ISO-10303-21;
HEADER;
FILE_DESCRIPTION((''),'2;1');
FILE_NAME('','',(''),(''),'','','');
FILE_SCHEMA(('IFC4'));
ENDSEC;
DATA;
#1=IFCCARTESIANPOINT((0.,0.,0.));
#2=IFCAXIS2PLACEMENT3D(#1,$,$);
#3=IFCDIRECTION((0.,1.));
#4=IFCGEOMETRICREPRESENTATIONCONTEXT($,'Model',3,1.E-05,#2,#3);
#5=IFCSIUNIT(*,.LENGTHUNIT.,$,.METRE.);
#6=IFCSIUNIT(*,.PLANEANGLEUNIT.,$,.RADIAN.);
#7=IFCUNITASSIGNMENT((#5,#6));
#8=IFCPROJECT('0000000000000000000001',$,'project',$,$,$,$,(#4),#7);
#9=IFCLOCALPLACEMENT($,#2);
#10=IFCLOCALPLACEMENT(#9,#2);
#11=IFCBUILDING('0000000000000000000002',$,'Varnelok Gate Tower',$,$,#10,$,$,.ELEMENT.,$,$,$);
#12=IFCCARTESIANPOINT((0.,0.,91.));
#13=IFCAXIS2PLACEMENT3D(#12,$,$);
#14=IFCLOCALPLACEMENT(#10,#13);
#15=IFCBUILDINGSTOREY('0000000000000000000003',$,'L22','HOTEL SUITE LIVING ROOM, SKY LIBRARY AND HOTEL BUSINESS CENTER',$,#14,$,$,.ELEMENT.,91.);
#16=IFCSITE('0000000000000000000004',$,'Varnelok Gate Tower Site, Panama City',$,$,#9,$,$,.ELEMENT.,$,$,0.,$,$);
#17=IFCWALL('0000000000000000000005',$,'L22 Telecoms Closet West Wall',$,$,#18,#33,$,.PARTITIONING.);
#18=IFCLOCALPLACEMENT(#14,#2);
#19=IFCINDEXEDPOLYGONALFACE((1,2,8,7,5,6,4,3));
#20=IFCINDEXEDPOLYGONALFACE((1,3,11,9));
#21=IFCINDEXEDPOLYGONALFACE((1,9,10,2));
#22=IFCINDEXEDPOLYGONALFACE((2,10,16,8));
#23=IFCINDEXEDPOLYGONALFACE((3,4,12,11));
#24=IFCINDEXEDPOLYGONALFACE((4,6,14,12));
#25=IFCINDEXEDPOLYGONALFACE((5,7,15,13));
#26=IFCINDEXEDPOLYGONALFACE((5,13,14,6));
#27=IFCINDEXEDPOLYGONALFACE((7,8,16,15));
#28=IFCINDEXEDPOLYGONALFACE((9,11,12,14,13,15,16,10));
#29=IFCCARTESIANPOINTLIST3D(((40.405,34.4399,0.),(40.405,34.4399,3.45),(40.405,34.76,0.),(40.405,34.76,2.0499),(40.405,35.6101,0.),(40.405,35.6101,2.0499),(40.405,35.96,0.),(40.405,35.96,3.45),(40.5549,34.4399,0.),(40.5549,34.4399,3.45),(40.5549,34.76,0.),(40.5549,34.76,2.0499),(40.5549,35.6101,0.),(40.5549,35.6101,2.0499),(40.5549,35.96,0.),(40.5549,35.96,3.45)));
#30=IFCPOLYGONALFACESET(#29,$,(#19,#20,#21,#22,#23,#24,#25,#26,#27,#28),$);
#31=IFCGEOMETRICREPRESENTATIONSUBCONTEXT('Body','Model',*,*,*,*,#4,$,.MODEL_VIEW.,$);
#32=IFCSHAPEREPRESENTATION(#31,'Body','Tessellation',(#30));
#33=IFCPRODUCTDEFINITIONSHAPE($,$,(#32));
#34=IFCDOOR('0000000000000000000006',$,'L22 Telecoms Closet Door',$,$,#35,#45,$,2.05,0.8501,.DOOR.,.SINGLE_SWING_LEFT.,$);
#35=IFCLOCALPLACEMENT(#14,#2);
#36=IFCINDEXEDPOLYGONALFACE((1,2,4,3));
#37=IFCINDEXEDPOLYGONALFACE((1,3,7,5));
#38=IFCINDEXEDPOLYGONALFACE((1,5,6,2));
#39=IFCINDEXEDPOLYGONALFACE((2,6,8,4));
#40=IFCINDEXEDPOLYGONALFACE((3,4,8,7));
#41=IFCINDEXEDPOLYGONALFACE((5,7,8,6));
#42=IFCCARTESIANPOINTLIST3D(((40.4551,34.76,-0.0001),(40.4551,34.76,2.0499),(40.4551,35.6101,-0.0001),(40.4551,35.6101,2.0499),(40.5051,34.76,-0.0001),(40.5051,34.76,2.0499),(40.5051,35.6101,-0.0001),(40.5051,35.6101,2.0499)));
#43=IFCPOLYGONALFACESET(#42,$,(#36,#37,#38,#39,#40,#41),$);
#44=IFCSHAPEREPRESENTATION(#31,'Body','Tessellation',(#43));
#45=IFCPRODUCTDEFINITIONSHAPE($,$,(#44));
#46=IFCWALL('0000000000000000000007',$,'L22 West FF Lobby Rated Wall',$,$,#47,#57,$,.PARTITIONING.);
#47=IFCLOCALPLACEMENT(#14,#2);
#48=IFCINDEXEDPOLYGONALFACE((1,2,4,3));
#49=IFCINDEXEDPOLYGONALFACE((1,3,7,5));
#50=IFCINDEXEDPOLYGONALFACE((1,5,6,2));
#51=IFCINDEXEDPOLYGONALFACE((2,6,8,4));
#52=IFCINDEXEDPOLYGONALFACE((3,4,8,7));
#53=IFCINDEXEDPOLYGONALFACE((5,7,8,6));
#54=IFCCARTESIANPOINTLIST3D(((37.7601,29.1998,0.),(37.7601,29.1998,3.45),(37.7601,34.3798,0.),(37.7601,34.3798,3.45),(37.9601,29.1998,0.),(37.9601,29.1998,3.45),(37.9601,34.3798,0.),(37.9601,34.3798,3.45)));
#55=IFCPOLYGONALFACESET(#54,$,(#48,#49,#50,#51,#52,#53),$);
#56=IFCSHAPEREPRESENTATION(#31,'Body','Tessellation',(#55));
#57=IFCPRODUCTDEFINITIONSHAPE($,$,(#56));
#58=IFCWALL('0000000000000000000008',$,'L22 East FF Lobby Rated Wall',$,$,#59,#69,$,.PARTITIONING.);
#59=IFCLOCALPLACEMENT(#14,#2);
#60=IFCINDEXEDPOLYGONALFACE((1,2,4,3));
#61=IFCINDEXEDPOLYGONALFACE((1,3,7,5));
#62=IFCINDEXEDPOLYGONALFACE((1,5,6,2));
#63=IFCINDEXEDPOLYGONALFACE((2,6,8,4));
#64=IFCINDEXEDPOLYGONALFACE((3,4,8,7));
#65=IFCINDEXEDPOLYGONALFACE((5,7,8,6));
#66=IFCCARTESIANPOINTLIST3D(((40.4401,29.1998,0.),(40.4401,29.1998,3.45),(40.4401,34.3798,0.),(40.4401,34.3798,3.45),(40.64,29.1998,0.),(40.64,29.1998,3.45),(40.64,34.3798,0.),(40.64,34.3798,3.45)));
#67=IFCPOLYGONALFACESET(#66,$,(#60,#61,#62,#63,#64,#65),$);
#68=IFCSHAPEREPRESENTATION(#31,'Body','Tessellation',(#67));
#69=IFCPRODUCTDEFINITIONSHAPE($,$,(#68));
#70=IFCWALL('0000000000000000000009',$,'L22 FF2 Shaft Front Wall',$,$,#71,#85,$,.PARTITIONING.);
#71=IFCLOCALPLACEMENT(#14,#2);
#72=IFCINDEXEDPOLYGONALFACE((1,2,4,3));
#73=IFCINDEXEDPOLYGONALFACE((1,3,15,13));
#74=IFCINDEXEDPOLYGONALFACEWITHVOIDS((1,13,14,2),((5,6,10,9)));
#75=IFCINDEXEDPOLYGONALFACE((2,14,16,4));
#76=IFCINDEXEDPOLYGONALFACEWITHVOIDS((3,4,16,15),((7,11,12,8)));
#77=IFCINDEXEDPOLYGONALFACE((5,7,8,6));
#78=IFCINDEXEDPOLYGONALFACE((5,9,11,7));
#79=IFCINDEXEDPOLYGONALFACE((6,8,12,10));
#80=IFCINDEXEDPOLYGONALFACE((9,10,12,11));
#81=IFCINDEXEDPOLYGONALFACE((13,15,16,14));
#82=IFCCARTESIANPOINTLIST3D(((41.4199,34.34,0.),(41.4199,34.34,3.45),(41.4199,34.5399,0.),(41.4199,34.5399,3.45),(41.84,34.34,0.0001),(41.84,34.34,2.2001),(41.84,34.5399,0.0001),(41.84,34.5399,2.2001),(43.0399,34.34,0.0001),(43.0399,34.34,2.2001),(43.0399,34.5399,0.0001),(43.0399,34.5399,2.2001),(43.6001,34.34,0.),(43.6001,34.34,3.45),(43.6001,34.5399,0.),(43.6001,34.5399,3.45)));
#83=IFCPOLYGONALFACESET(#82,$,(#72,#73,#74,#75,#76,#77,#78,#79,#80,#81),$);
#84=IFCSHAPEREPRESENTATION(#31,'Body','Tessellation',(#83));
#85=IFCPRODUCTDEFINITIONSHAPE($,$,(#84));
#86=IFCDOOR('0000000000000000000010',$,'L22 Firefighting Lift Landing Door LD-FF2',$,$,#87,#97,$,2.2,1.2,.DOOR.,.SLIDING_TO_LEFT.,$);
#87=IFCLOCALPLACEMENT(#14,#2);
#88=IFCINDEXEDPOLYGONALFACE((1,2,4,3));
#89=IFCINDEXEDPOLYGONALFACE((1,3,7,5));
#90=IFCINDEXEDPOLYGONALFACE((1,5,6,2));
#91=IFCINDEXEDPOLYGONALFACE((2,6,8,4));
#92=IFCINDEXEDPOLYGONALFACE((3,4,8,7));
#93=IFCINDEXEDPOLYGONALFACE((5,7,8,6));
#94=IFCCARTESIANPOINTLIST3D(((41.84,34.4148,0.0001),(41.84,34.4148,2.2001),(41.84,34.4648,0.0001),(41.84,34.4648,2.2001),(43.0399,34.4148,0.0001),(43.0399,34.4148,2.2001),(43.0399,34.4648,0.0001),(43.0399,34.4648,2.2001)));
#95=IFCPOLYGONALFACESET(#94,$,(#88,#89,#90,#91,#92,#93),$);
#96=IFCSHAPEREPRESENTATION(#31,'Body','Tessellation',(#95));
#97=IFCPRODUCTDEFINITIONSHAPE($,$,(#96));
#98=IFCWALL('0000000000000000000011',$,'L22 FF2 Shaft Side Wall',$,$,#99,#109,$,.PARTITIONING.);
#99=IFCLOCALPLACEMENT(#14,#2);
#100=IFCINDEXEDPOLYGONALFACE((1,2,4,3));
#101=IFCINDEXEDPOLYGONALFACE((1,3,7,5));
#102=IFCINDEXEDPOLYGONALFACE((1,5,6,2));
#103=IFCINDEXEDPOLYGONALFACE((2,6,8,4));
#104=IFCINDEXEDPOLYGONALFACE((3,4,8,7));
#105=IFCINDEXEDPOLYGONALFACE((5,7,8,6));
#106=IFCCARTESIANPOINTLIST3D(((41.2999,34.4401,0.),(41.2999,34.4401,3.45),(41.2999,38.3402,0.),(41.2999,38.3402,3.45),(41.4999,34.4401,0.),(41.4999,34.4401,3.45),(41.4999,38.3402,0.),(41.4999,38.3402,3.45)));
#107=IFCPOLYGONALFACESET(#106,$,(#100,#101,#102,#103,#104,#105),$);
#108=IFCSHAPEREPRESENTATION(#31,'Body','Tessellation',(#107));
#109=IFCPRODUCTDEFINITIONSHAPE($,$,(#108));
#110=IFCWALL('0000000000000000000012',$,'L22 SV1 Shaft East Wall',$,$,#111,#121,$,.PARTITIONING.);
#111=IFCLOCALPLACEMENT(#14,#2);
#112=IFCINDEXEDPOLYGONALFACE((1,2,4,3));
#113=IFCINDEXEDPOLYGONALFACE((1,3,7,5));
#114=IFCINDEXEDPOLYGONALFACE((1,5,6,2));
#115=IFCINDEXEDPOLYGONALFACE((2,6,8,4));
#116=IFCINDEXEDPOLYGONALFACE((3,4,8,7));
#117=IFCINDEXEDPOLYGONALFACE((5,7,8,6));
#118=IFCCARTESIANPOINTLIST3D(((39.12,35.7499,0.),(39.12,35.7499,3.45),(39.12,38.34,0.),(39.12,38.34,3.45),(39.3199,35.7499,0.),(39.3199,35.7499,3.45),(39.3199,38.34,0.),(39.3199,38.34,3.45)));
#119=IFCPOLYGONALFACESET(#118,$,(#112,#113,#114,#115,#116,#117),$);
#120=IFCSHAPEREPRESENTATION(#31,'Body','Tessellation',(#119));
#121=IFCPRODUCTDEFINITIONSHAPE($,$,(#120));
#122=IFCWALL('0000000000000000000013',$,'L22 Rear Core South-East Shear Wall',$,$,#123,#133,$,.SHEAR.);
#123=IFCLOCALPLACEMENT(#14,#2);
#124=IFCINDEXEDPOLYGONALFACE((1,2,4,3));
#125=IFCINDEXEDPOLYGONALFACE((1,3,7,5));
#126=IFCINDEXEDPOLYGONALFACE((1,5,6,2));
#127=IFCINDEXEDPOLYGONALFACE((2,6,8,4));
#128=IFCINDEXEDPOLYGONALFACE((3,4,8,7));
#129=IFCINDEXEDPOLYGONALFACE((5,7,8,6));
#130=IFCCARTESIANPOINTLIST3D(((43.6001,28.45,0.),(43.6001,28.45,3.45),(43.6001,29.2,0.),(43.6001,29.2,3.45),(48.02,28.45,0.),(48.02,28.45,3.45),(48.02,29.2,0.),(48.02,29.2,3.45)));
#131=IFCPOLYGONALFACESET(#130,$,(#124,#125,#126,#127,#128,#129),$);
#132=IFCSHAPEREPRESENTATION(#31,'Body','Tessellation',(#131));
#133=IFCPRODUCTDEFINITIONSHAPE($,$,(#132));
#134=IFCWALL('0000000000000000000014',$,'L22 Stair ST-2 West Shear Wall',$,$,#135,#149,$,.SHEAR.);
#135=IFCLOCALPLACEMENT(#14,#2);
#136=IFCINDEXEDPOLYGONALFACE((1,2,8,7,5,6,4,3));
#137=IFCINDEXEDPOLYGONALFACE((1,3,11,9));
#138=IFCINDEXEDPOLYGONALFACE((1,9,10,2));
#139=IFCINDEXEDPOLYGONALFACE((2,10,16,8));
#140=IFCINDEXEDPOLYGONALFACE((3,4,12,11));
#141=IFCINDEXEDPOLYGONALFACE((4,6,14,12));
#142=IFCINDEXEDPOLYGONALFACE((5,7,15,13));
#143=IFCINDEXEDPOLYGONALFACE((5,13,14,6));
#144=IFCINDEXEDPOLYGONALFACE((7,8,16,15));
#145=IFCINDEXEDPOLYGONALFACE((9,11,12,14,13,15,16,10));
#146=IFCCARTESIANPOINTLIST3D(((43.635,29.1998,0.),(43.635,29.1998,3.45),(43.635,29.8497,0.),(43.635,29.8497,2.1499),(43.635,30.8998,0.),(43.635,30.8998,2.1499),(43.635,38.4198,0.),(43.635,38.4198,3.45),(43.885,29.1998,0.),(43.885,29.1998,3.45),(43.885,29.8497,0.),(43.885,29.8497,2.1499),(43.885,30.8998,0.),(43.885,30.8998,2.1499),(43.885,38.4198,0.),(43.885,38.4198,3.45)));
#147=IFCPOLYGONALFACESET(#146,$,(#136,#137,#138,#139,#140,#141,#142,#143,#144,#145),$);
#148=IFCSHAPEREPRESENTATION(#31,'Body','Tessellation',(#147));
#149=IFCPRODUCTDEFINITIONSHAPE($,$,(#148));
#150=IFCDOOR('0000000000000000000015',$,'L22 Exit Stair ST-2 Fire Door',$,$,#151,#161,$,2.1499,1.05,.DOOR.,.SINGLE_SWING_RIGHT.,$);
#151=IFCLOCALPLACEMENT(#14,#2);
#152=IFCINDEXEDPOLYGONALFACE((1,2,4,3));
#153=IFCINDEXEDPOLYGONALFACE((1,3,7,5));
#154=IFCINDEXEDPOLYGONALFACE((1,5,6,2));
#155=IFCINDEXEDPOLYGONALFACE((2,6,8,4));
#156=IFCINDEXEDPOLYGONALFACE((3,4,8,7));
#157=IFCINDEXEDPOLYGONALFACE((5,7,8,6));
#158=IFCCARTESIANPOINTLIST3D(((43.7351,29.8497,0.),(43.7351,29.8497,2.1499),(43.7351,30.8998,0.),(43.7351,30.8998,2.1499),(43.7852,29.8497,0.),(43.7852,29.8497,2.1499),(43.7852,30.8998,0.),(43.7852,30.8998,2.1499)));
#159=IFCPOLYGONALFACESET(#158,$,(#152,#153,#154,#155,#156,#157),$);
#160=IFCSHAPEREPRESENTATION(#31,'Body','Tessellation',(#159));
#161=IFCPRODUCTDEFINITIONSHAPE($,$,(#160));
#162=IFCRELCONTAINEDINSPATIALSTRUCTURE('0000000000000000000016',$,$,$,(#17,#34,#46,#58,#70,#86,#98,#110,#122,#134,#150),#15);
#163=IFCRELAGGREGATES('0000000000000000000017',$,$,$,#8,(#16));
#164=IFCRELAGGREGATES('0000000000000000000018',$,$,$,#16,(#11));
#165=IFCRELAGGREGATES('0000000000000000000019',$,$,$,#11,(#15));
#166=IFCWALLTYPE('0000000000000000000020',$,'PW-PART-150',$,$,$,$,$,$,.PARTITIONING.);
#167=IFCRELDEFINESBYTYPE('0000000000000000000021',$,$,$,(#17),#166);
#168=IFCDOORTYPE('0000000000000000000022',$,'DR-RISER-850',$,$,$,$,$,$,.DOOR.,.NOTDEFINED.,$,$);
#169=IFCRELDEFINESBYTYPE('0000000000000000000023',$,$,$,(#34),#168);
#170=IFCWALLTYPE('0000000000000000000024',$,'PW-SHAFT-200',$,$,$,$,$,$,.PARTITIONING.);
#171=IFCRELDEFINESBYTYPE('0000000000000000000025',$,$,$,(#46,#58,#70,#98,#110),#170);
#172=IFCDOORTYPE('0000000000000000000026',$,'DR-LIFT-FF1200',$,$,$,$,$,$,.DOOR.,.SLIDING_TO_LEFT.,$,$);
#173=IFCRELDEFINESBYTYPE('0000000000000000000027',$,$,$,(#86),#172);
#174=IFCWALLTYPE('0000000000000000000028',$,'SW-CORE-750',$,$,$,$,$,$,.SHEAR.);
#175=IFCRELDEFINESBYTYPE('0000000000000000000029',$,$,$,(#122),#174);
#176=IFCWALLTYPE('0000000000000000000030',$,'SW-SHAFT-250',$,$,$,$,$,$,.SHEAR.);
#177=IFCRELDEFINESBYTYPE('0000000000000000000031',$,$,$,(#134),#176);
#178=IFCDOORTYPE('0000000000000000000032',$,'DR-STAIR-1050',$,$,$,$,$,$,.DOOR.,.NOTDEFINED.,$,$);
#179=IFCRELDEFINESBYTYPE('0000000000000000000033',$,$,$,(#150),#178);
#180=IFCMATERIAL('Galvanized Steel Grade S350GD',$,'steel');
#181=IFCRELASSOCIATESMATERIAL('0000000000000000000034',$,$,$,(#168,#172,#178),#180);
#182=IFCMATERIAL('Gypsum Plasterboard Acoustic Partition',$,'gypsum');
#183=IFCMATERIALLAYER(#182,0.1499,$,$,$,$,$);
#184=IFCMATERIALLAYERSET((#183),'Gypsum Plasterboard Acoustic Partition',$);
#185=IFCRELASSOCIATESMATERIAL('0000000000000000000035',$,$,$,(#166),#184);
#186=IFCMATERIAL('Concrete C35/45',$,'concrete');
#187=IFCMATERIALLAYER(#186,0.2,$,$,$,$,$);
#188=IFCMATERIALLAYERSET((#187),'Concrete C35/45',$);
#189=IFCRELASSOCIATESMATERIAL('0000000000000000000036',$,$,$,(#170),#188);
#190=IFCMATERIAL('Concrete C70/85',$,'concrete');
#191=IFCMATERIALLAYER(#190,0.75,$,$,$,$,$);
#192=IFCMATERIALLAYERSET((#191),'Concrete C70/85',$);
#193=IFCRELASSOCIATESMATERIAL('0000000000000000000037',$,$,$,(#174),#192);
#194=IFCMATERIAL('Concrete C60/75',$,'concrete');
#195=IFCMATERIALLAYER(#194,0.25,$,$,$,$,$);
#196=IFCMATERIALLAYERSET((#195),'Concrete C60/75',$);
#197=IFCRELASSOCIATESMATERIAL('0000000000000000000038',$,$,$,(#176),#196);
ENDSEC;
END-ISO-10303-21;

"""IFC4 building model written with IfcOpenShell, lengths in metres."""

from ifc_helpers import new_model, si_unit, direction, frame, frame_2d, origin, place, context, subcontext, project, spatial, rectangle, extrude, material, layer, layer_set, type_object, element, fill, save


model = new_model("IFC4")

# Units and contexts
model_context = context("Model", 3, precision=1e-05, world=origin(), true_north=direction((0.0, 1.0)))
body_context = subcontext(model_context, "Body", "Model", "MODEL_VIEW")
ifc_project = project(units=[si_unit("LENGTHUNIT", "METRE"), si_unit("PLANEANGLEUNIT", "RADIAN")], contexts=[model_context])

# Site, building, storey
site_placement = place(None, origin())
site = spatial("IfcSite", under=ifc_project, at=site_placement, Name="Varnelok Gate Tower Site, Panama City", CompositionType="ELEMENT", RefElevation=0.0)
building_placement = place(site_placement, origin())
building = spatial("IfcBuilding", under=site, at=building_placement, Name="Varnelok Gate Tower", CompositionType="ELEMENT")
storey_placement = place(building_placement, frame((0.0, 0.0, 91.0)))
storey = spatial("IfcBuildingStorey", under=building, at=storey_placement, Name="L22", Description="HOTEL SUITE LIVING ROOM, SKY LIBRARY AND HOTEL BUSINESS CENTER", CompositionType="ELEMENT", Elevation=91.0)

# Shared definitions
ifc_material_1 = material(Name="Concrete C70/85", Category="concrete")

# Shared definitions
ifc_material_2 = material(Name="Gypsum Plasterboard Acoustic Partition", Category="gypsum")

# Shared definitions
ifc_material_3 = material(Name="Galvanized Steel Grade S350GD", Category="steel")
door_type_1 = type_object("IfcDoorType", Name="DR-RISER-850", OperationType="NOTDEFINED", PredefinedType="DOOR", material=ifc_material_3)

# Wall, opening, door
ifc_layer_1 = layer(ifc_material_2, 0.1499)
ifc_layer_set_1 = layer_set([ifc_layer_1], Name="Gypsum Plasterboard Acoustic Partition")
wall_type_1 = type_object("IfcWallType", Name="PW-PART-150", PredefinedType="PARTITIONING", material=ifc_layer_set_1)
wall_1_placement = place(storey_placement, frame((40.48, 34.4399, 0.0), z_axis=(0.0, 0.0, 1.0), x_axis=(0.0, 1.0, 0.0)))
wall_1 = element("IfcWall", 1, at=wall_1_placement, inside=storey, type_object=wall_type_1, Name="L22 Telecoms Closet West Wall", PredefinedType="PARTITIONING", context=body_context, shape_type="SweptSolid", body=[
    extrude(rectangle(XDim=1.52, YDim=0.1499, at=frame_2d((0.76, 0.0))), origin(), (0.0, 0.0, 1.0), 3.45),
])
opening_1_placement = place(wall_1_placement, frame((0.3201, 0.0, 0.0)))
opening_1 = element("IfcOpeningElement", 2, at=opening_1_placement, cuts=wall_1, PredefinedType="OPENING", context=body_context, shape_type="SweptSolid", body=[
    extrude(rectangle(XDim=0.8501, YDim=2.05, at=frame_2d((0.425, 1.0249))), frame((0.0, 0.085, 0.0), z_axis=(0.0, -1.0, 0.0), x_axis=(1.0, 0.0, 0.0)), (0.0, 0.0, 1.0), 0.1699),
])
door_1_placement = place(opening_1_placement, origin())
door_1 = element("IfcDoor", 3, at=door_1_placement, inside=storey, type_object=door_type_1, Name="L22 Telecoms Closet Door", OperationType="SINGLE_SWING_LEFT", OverallHeight=2.05, OverallWidth=0.8501, PredefinedType="DOOR", context=body_context, shape_type="SweptSolid", body=[
    extrude(rectangle(XDim=0.8501, YDim=2.05, at=frame_2d((0.425, 1.0249))), frame((0.0, 0.0249, 0.0), z_axis=(0.0, -1.0, 0.0), x_axis=(1.0, 0.0, 0.0)), (0.0, 0.0, 1.0), 0.05),
])
fill(opening_1, door_1)

# Walls
ifc_material_4 = material(Name="Concrete C35/45", Category="concrete")
ifc_layer_2 = layer(ifc_material_4, 0.2)
ifc_layer_set_2 = layer_set([ifc_layer_2], Name="Concrete C35/45")
wall_type_2 = type_object("IfcWallType", Name="PW-SHAFT-200", PredefinedType="PARTITIONING", material=ifc_layer_set_2)
for number, where, z_axis, x_axis, name in (
    (4, (37.8601, 29.2, 0.0), (0.0, 0.0, 1.0), (0.0, 1.0, 0.0), "L22 West FF Lobby Rated Wall"),
    (5, (40.54, 29.2, 0.0), (0.0, 0.0, 1.0), (0.0, 1.0, 0.0), "L22 East FF Lobby Rated Wall"),
):
    element("IfcWall", number, at=place(storey_placement, frame(where, z_axis=z_axis, x_axis=x_axis)), inside=storey, type_object=wall_type_2, Name=name, PredefinedType="PARTITIONING", context=body_context, shape_type="SweptSolid", body=[
        extrude(rectangle(XDim=5.1799, YDim=0.2, at=frame_2d((2.5898, 0.0))), origin(), (0.0, 0.0, 1.0), 3.45),
    ])

# Wall, opening, door
wall_2_placement = place(storey_placement, frame((41.4199, 34.4399, 0.0), z_axis=(0.0, 0.0, 1.0), x_axis=(1.0, 0.0, 0.0)))
wall_2 = element("IfcWall", 6, at=wall_2_placement, inside=storey, type_object=wall_type_2, Name="L22 FF2 Shaft Front Wall", PredefinedType="PARTITIONING", context=body_context, shape_type="SweptSolid", body=[
    extrude(rectangle(XDim=2.1802, YDim=0.2, at=frame_2d((1.0901, 0.0))), origin(), (0.0, 0.0, 1.0), 3.45),
])
opening_2_placement = place(wall_2_placement, frame((0.4199, 0.0, 0.0)))
opening_2 = element("IfcOpeningElement", 7, at=opening_2_placement, cuts=wall_2, PredefinedType="OPENING", context=body_context, shape_type="SweptSolid", body=[
    extrude(rectangle(XDim=1.2, YDim=2.2, at=frame_2d((0.6001, 1.1001))), frame((0.0, 0.1099, 0.0), z_axis=(0.0, -1.0, 0.0), x_axis=(1.0, 0.0, 0.0)), (0.0, 0.0, 1.0), 0.22),
])
door_type_2 = type_object("IfcDoorType", Name="DR-LIFT-FF1200", OperationType="SLIDING_TO_LEFT", PredefinedType="DOOR", material=ifc_material_3)
door_2_placement = place(opening_2_placement, origin())
door_2 = element("IfcDoor", 8, at=door_2_placement, inside=storey, type_object=door_type_2, Name="L22 Firefighting Lift Landing Door LD-FF2", OperationType="SLIDING_TO_LEFT", OverallHeight=2.2, OverallWidth=1.2, PredefinedType="DOOR", context=body_context, shape_type="SweptSolid", body=[
    extrude(rectangle(XDim=1.2, YDim=2.2, at=frame_2d((0.6001, 1.1001))), frame((0.0, 0.0249, 0.0), z_axis=(0.0, -1.0, 0.0), x_axis=(1.0, 0.0, 0.0)), (0.0, 0.0, 1.0), 0.05),
])
fill(opening_2, door_2)

# Walls
wall_3_placement = place(storey_placement, frame((41.3999, 34.4399, 0.0), z_axis=(0.0, 0.0, 1.0), x_axis=(0.0, 1.0, 0.0)))
element("IfcWall", 9, at=wall_3_placement, inside=storey, type_object=wall_type_2, Name="L22 FF2 Shaft Side Wall", PredefinedType="PARTITIONING", context=body_context, shape_type="SweptSolid", body=[
    extrude(rectangle(XDim=3.9001, YDim=0.2, at=frame_2d((1.9502, 0.0))), origin(), (0.0, 0.0, 1.0), 3.45),
])
wall_4_placement = place(storey_placement, frame((39.22, 35.75, 0.0), z_axis=(0.0, 0.0, 1.0), x_axis=(0.0, 1.0, 0.0)))
element("IfcWall", 10, at=wall_4_placement, inside=storey, type_object=wall_type_2, Name="L22 SV1 Shaft East Wall", PredefinedType="PARTITIONING", context=body_context, shape_type="SweptSolid", body=[
    extrude(rectangle(XDim=2.5901, YDim=0.2, at=frame_2d((1.2949, 0.0))), origin(), (0.0, 0.0, 1.0), 3.45),
])
ifc_layer_3 = layer(ifc_material_1, 0.75)
ifc_layer_set_3 = layer_set([ifc_layer_3], Name="Concrete C70/85")
wall_type_3 = type_object("IfcWallType", Name="SW-CORE-750", PredefinedType="SHEAR", material=ifc_layer_set_3)
wall_5_placement = place(storey_placement, frame((43.6001, 28.825, 0.0), z_axis=(0.0, 0.0, 1.0), x_axis=(1.0, 0.0, 0.0)))
element("IfcWall", 11, at=wall_5_placement, inside=storey, type_object=wall_type_3, Name="L22 Rear Core South-East Shear Wall", PredefinedType="SHEAR", context=body_context, shape_type="SweptSolid", body=[
    extrude(rectangle(XDim=4.4199, YDim=0.75, at=frame_2d((2.21, 0.0))), origin(), (0.0, 0.0, 1.0), 3.45),
])

# Wall, opening, door
ifc_material_5 = material(Name="Concrete C60/75", Category="concrete")
ifc_layer_4 = layer(ifc_material_5, 0.25)
ifc_layer_set_4 = layer_set([ifc_layer_4], Name="Concrete C60/75")
wall_type_4 = type_object("IfcWallType", Name="SW-SHAFT-250", PredefinedType="SHEAR", material=ifc_layer_set_4)
wall_6_placement = place(storey_placement, frame((43.76, 29.2, 0.0), z_axis=(0.0, 0.0, 1.0), x_axis=(0.0, 1.0, 0.0)))
wall_6 = element("IfcWall", 12, at=wall_6_placement, inside=storey, type_object=wall_type_4, Name="L22 Stair ST-2 West Shear Wall", PredefinedType="SHEAR", context=body_context, shape_type="SweptSolid", body=[
    extrude(rectangle(XDim=9.22, YDim=0.25, at=frame_2d((4.6099, 0.0))), origin(), (0.0, 0.0, 1.0), 3.45),
])
opening_3_placement = place(wall_6_placement, frame((0.6499, 0.0, 0.0)))
opening_3 = element("IfcOpeningElement", 13, at=opening_3_placement, cuts=wall_6, PredefinedType="OPENING", context=body_context, shape_type="SweptSolid", body=[
    extrude(rectangle(XDim=1.05, YDim=2.1499, at=frame_2d((0.5249, 1.075))), frame((0.0, 0.135, 0.0), z_axis=(0.0, -1.0, 0.0), x_axis=(1.0, 0.0, 0.0)), (0.0, 0.0, 1.0), 0.27),
])
door_type_3 = type_object("IfcDoorType", Name="DR-STAIR-1050", OperationType="NOTDEFINED", PredefinedType="DOOR", material=ifc_material_3)
door_3_placement = place(opening_3_placement, origin())
door_3 = element("IfcDoor", 14, at=door_3_placement, inside=storey, type_object=door_type_3, Name="L22 Exit Stair ST-2 Fire Door", OperationType="SINGLE_SWING_RIGHT", OverallHeight=2.1499, OverallWidth=1.05, PredefinedType="DOOR", context=body_context, shape_type="SweptSolid", body=[
    extrude(rectangle(XDim=1.05, YDim=2.1499, at=frame_2d((0.5249, 1.075))), frame((0.0, 0.0249, 0.0), z_axis=(0.0, -1.0, 0.0), x_axis=(1.0, 0.0, 0.0)), (0.0, 0.0, 1.0), 0.05),
])
fill(opening_3, door_3)

save(model, "model.ifc")
